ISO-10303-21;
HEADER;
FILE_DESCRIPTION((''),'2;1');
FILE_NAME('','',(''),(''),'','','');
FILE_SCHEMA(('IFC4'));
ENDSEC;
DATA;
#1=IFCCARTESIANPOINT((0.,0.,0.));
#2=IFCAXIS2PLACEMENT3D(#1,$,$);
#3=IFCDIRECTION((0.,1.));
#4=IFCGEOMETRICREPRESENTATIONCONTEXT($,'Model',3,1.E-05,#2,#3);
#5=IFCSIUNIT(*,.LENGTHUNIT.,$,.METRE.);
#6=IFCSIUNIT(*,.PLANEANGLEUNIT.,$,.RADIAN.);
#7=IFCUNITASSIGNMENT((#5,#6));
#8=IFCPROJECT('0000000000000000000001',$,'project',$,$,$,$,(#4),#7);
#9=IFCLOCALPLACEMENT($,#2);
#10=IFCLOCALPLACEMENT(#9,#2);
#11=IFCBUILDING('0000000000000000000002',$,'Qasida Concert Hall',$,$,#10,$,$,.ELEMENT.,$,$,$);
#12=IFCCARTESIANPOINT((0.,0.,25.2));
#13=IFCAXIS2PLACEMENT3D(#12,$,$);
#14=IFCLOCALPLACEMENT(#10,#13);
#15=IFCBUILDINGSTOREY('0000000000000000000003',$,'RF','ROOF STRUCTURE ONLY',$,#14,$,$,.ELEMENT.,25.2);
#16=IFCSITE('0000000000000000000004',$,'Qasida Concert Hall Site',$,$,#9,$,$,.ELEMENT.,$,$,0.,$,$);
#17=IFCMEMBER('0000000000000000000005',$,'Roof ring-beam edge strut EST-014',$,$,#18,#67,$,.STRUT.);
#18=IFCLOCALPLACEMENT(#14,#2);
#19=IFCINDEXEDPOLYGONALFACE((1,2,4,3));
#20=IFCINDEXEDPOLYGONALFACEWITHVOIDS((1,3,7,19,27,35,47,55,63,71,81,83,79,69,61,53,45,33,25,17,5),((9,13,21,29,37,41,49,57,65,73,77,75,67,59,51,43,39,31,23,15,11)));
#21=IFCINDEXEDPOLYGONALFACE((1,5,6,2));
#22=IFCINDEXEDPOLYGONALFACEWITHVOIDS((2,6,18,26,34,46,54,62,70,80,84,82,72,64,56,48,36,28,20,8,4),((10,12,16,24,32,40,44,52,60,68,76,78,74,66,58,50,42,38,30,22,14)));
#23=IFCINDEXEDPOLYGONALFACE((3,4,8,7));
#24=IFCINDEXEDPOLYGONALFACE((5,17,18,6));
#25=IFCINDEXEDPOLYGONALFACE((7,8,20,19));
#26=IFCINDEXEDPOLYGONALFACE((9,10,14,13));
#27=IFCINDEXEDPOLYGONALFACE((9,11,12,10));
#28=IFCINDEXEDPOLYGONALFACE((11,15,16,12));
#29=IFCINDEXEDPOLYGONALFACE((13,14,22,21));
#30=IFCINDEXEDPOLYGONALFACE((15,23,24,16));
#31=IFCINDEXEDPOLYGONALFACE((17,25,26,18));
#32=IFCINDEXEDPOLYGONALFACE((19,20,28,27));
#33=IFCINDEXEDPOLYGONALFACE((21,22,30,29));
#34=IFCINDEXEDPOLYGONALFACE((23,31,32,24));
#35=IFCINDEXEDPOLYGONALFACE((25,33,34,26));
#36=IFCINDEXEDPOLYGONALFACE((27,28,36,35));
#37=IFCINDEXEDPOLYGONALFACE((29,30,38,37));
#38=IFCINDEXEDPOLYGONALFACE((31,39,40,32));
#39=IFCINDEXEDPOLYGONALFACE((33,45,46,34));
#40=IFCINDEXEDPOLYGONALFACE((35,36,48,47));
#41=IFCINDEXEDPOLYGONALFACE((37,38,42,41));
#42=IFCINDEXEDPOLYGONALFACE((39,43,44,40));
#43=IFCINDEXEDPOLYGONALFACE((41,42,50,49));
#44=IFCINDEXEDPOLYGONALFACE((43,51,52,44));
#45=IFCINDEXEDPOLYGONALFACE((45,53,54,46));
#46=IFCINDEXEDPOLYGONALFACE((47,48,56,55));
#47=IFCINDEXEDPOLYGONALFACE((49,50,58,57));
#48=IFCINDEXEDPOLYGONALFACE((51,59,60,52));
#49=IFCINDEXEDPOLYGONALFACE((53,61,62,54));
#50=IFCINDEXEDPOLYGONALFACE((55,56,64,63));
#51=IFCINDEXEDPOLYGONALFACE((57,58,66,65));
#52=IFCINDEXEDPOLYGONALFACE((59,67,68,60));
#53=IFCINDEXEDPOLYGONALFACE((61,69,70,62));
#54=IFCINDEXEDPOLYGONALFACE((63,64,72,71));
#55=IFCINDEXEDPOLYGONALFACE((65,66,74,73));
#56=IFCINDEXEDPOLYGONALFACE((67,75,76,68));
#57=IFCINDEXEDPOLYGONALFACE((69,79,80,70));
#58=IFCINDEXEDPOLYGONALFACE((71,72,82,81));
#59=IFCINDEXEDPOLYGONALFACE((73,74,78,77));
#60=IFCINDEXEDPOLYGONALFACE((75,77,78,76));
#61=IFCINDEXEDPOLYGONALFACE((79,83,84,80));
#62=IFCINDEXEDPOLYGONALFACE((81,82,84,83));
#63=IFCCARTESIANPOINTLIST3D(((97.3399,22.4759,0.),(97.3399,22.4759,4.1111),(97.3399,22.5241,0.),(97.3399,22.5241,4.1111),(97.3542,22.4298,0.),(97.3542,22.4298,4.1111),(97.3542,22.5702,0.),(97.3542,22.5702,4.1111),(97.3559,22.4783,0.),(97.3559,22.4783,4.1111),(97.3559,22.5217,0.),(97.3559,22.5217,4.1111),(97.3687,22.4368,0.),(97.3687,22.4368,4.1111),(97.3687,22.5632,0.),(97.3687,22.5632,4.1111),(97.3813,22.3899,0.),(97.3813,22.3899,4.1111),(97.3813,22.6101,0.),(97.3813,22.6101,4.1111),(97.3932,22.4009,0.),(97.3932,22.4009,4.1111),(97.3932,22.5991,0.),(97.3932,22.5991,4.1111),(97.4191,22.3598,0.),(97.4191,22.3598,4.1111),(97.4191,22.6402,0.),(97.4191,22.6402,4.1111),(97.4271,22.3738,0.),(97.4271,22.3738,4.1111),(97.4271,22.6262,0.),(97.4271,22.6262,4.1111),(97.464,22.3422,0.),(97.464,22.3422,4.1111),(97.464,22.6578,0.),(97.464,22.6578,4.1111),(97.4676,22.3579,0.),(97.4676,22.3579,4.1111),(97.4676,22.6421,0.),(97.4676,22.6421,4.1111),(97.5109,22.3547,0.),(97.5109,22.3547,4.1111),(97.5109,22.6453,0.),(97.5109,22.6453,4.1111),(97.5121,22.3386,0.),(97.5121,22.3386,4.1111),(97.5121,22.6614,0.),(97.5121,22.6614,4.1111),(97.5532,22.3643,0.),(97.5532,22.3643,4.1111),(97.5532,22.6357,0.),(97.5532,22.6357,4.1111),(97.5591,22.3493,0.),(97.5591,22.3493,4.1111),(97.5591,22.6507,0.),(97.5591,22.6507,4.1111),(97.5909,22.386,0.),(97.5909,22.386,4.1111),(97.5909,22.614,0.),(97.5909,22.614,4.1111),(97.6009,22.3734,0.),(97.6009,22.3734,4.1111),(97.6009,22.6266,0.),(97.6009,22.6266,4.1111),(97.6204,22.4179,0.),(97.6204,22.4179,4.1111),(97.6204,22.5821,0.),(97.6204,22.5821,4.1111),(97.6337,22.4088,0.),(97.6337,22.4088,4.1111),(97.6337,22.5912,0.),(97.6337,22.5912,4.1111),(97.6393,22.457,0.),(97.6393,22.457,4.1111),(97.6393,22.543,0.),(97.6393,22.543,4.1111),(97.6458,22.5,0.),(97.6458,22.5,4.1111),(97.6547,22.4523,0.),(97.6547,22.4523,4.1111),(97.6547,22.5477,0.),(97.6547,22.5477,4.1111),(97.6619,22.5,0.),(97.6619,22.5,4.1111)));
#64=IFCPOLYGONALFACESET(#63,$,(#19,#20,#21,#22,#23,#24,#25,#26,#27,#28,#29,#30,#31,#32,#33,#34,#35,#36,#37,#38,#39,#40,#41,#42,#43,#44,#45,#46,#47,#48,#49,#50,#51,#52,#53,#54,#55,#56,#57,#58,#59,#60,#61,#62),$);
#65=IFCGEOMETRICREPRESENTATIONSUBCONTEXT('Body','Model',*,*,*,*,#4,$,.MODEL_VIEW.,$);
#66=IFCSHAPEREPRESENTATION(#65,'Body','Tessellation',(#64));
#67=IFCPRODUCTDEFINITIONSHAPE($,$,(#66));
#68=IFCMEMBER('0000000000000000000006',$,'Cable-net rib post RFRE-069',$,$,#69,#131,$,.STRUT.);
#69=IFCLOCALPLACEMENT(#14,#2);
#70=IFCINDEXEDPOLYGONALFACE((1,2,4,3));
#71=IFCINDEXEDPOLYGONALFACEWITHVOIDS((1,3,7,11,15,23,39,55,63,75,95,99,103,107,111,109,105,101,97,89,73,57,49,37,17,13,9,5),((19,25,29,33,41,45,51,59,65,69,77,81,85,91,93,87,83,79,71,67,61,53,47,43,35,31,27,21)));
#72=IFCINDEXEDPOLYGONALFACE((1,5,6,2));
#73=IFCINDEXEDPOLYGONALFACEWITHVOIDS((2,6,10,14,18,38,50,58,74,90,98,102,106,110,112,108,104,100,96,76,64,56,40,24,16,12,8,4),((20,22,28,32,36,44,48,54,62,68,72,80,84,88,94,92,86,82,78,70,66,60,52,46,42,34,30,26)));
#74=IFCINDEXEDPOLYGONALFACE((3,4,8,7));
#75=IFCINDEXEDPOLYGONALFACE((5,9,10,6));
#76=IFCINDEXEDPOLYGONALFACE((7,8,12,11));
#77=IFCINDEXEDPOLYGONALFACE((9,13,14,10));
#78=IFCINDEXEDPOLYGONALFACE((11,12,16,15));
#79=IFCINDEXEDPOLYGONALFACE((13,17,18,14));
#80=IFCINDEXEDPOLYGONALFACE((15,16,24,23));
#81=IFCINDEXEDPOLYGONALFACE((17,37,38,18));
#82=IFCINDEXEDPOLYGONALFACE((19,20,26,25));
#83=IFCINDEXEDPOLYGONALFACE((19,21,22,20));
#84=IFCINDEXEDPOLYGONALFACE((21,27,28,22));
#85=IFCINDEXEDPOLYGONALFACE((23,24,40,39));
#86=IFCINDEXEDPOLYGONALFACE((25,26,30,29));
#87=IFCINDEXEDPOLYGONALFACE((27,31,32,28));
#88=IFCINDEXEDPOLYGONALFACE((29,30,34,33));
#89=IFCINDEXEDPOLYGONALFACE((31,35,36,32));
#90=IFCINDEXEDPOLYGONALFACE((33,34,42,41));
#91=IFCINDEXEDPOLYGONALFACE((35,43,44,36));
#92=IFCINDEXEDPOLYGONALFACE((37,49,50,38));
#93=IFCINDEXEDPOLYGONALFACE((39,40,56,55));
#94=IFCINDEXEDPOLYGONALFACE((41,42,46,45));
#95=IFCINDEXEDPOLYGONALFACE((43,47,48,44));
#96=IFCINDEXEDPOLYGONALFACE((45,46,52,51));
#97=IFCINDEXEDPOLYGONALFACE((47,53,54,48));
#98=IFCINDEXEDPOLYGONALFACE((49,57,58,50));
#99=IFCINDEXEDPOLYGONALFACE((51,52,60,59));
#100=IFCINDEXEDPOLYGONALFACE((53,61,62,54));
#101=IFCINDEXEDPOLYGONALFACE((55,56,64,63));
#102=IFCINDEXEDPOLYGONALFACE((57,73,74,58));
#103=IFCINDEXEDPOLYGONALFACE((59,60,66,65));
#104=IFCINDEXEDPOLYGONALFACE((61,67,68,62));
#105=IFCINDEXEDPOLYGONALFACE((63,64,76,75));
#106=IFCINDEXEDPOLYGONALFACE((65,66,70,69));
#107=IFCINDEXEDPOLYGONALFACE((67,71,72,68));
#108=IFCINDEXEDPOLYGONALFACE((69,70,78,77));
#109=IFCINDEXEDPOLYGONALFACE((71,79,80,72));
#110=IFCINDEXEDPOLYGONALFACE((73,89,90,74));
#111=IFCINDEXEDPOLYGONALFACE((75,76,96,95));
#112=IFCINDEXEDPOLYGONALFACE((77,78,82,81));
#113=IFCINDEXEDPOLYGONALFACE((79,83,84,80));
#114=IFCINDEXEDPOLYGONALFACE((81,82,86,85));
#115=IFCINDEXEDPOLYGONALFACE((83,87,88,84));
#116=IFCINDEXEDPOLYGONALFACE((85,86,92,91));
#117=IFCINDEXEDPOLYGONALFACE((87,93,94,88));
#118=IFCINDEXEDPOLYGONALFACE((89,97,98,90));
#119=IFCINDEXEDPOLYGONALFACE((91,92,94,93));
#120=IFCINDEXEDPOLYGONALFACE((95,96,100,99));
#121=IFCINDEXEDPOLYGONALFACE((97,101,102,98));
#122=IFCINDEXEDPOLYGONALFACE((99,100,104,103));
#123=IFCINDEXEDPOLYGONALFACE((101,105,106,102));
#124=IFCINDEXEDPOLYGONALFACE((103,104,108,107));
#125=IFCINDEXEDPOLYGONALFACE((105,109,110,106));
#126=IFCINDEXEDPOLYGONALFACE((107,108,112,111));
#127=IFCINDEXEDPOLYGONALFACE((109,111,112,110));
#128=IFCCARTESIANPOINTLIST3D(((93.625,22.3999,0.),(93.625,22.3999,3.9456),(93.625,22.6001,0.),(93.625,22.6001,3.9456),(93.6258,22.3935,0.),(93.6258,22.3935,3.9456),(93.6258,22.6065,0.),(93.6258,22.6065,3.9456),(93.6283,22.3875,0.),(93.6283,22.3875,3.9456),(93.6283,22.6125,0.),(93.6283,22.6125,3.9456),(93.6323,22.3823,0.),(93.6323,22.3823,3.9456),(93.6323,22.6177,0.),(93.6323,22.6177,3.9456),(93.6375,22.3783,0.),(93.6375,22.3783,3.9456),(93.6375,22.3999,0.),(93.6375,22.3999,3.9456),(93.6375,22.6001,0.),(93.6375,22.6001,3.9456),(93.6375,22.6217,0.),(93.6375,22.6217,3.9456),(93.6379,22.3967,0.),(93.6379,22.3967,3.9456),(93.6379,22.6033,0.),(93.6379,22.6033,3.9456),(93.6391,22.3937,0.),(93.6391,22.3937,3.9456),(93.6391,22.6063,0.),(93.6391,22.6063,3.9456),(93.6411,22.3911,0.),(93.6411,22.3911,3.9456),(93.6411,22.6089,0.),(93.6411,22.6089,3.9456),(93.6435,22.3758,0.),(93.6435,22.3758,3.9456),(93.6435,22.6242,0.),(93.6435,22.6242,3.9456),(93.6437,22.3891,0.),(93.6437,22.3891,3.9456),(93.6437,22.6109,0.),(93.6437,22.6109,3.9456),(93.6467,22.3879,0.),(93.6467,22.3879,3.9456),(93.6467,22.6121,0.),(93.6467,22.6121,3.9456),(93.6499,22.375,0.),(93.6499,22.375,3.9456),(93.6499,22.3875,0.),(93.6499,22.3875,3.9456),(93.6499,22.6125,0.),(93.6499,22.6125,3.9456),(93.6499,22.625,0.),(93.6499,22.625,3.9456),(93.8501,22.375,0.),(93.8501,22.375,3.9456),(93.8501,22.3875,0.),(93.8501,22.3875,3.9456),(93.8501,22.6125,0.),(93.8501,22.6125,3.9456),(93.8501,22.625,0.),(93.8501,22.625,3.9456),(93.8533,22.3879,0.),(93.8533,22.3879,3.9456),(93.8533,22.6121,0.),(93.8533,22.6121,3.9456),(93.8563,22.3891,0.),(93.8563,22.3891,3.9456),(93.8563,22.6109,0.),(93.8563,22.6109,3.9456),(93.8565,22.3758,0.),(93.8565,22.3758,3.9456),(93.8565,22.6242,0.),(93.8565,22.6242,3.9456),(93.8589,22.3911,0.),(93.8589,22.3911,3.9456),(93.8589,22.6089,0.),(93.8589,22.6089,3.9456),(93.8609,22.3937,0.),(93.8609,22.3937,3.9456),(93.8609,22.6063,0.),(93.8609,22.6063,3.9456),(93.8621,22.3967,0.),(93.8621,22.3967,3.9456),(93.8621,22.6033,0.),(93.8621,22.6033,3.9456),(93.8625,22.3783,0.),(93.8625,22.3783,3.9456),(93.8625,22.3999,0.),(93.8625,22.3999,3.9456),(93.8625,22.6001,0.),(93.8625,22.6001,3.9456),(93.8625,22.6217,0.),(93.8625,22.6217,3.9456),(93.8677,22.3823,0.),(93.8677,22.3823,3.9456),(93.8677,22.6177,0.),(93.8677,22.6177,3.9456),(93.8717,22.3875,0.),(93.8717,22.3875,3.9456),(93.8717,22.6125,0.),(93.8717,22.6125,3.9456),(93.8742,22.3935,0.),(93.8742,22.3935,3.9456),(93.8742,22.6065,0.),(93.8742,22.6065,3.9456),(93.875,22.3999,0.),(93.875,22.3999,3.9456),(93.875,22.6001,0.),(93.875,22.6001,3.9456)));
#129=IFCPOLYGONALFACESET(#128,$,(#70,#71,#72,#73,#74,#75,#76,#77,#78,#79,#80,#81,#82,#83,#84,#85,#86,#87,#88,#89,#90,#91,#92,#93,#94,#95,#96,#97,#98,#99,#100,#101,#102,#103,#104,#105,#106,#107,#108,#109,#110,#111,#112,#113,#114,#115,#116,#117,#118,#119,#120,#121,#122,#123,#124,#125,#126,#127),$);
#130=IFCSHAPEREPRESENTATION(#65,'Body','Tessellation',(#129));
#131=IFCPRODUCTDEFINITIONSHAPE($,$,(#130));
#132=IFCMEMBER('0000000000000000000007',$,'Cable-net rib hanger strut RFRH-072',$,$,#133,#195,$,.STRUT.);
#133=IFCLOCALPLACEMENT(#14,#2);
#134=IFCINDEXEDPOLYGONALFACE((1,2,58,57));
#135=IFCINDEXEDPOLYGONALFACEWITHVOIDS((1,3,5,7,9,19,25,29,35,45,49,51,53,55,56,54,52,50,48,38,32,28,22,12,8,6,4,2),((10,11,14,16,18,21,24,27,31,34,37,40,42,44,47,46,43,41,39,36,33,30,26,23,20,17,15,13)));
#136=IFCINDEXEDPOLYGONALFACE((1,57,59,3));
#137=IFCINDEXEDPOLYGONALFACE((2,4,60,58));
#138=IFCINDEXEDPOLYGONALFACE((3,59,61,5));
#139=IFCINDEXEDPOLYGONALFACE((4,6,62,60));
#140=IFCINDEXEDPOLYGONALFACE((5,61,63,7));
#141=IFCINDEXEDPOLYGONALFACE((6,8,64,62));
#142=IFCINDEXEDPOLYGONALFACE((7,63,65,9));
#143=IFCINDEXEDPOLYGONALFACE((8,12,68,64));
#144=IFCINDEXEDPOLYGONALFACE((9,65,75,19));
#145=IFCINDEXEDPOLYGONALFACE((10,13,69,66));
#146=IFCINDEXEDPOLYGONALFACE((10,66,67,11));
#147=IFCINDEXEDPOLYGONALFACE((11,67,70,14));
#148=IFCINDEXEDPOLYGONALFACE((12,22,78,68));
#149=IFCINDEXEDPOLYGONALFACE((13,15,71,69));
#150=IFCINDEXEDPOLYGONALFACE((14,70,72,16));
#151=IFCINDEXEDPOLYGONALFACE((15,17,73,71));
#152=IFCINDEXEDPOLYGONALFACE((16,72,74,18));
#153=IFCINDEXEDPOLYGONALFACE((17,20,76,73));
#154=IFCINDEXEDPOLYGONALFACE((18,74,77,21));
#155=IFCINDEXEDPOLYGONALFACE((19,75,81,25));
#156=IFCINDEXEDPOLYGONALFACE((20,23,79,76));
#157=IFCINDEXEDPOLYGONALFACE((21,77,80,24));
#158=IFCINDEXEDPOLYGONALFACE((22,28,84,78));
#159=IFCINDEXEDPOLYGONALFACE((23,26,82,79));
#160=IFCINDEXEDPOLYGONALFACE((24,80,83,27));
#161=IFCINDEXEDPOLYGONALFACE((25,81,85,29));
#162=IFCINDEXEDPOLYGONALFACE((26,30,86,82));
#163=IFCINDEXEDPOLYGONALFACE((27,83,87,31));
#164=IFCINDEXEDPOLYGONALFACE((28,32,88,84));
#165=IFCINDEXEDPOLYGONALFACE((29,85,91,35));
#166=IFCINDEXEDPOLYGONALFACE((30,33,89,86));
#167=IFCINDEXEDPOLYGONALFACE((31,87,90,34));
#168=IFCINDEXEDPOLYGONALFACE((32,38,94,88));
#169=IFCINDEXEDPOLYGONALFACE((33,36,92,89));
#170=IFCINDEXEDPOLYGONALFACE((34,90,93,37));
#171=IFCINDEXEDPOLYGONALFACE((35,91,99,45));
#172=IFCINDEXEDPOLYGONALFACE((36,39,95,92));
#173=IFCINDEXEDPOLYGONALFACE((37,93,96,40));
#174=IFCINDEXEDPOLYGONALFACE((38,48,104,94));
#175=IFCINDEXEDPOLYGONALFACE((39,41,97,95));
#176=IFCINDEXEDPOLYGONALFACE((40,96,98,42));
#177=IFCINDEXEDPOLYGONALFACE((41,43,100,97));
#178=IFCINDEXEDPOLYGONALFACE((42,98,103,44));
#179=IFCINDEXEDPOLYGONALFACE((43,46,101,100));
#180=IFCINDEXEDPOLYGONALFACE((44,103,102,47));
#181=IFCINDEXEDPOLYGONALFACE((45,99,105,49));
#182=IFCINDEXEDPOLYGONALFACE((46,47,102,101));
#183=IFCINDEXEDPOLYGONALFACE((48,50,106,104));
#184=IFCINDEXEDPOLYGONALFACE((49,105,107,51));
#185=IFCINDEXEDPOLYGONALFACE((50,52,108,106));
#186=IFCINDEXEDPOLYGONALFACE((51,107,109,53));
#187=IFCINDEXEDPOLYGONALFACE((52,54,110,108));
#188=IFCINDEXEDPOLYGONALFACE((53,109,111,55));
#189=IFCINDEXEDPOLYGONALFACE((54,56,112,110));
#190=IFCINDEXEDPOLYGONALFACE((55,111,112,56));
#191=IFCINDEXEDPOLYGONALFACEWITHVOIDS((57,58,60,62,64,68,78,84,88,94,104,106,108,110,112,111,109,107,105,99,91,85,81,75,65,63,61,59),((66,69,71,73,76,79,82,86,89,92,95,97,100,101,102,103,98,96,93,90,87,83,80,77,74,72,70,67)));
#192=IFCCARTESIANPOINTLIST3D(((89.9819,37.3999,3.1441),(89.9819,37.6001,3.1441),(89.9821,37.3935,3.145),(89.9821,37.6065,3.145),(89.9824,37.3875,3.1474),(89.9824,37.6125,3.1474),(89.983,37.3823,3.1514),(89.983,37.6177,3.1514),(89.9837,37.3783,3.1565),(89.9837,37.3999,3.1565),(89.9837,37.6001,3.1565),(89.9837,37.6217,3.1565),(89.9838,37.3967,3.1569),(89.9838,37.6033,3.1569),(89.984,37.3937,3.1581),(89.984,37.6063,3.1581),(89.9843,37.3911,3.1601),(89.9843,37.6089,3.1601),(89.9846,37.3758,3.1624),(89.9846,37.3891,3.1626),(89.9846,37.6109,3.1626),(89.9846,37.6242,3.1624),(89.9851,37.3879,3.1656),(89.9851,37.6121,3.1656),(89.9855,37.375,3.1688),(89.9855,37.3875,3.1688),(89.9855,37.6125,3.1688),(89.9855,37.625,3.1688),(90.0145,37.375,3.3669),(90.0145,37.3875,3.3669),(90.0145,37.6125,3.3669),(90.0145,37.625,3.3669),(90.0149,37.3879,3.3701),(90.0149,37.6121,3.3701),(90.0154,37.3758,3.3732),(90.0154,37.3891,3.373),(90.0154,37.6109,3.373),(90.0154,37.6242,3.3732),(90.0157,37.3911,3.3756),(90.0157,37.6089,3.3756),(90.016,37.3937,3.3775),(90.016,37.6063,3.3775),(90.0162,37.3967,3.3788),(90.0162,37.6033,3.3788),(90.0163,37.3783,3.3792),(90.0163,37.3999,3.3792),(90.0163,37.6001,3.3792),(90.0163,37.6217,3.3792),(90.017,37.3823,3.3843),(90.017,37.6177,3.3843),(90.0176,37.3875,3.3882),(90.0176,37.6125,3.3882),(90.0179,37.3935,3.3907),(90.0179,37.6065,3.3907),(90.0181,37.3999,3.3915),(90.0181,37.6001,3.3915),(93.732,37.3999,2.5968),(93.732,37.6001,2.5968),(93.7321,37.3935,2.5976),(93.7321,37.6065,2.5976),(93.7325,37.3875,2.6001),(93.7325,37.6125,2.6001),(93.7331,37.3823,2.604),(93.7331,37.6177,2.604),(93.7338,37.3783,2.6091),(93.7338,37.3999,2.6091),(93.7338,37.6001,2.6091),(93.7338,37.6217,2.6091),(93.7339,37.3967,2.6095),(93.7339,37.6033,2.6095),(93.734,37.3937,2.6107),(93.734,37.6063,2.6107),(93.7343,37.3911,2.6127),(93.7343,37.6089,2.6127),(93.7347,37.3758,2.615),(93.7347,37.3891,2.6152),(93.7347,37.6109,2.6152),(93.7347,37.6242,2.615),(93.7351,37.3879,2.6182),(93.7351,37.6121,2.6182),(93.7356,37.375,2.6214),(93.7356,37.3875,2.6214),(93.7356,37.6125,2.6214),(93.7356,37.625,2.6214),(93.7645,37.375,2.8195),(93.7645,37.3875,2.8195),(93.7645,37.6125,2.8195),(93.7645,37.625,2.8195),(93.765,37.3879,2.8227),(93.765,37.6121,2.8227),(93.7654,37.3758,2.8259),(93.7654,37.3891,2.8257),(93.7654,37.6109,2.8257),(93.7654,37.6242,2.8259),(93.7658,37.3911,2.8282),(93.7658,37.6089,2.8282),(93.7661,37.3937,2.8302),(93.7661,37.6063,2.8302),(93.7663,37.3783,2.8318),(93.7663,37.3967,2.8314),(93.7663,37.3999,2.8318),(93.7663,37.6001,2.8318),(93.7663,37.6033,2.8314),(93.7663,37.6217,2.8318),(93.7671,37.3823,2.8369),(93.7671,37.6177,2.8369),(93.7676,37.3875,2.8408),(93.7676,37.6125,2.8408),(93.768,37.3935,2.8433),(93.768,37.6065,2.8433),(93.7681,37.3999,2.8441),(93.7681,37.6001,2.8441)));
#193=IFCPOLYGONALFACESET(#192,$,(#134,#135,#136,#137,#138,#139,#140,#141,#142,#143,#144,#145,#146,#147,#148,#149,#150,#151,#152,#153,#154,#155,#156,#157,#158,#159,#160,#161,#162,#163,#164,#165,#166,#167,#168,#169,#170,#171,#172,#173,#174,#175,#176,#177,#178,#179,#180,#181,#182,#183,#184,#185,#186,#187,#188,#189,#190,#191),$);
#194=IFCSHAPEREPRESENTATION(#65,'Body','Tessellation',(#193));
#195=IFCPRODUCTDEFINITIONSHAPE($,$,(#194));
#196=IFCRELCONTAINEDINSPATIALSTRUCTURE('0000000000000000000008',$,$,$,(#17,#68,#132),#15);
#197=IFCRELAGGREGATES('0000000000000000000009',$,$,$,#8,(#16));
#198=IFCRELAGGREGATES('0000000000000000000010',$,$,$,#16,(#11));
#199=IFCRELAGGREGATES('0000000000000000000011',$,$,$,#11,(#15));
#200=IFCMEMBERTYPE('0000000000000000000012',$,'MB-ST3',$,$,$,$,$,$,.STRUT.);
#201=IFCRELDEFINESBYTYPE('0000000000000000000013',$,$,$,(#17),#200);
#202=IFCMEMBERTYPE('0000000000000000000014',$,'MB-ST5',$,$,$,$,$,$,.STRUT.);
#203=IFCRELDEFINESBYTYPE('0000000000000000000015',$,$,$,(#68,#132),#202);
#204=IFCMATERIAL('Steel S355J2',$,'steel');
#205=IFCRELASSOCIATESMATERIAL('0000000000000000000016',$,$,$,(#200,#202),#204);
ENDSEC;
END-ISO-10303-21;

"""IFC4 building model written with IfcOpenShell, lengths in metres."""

from ifc_helpers import new_model, si_unit, direction, frame, origin, origin_2d, place, context, subcontext, project, spatial, hollow_rectangle, hollow_circle, extrude, material, material_profile, profile_set, type_object, element, save


model = new_model("IFC4")

# Units and contexts
model_context = context("Model", 3, precision=1e-05, world=origin(), true_north=direction((0.0, 1.0)))
body_context = subcontext(model_context, "Body", "Model", "MODEL_VIEW")
ifc_project = project(units=[si_unit("LENGTHUNIT", "METRE"), si_unit("PLANEANGLEUNIT", "RADIAN")], contexts=[model_context])

# Site, building, storey
site_placement = place(None, origin())
site = spatial("IfcSite", under=ifc_project, at=site_placement, Name="Qasida Concert Hall Site", CompositionType="ELEMENT", RefElevation=0.0)
building_placement = place(site_placement, origin())
building = spatial("IfcBuilding", under=site, at=building_placement, Name="Qasida Concert Hall", CompositionType="ELEMENT")
storey_placement = place(building_placement, frame((0.0, 0.0, 25.2)))
storey = spatial("IfcBuildingStorey", under=building, at=storey_placement, Name="RF", Description="ROOF STRUCTURE ONLY", CompositionType="ELEMENT", Elevation=25.2)

# Members
ifc_material_1 = material(Name="Steel S355J2", Category="steel")
ifc_material_profile_1 = material_profile(ifc_material_1, hollow_circle(Radius=0.1619, WallThickness=0.0161, at=origin_2d()), Name="CHS 323.9x16")
ifc_profile_set_1 = profile_set([ifc_material_profile_1], Name="Steel S355J2")
member_type_1 = type_object("IfcMemberType", Name="MB-ST3", PredefinedType="STRUT", material=ifc_profile_set_1)
member_1_placement = place(storey_placement, frame((97.5, 22.5, 0.0), z_axis=(0.0, 0.0, 1.0), x_axis=(1.0, 0.0, 0.0)))
element("IfcMember", 1, at=member_1_placement, inside=storey, type_object=member_type_1, Name="Roof ring-beam edge strut EST-014", PredefinedType="STRUT", context=body_context, shape_type="SweptSolid", body=[
    extrude(hollow_circle(Radius=0.1619, WallThickness=0.0161, at=origin_2d()), origin(), (0.0, 0.0, 1.0), 4.1111),
])
ifc_material_profile_2 = material_profile(ifc_material_1, hollow_rectangle(XDim=0.25, YDim=0.25, WallThickness=0.0125, InnerFilletRadius=0.0125, OuterFilletRadius=0.0249, at=origin_2d()), Name="SHS 250x250x12.5")
ifc_profile_set_2 = profile_set([ifc_material_profile_2], Name="Steel S355J2")
member_type_2 = type_object("IfcMemberType", Name="MB-ST5", PredefinedType="STRUT", material=ifc_profile_set_2)
member_2_placement = place(storey_placement, frame((93.75, 22.5, 0.0), z_axis=(0.0, 0.0, 1.0), x_axis=(1.0, 0.0, 0.0)))
element("IfcMember", 2, at=member_2_placement, inside=storey, type_object=member_type_2, Name="Cable-net rib post RFRE-069", PredefinedType="STRUT", context=body_context, shape_type="SweptSolid", body=[
    extrude(hollow_rectangle(XDim=0.25, YDim=0.25, WallThickness=0.0125, InnerFilletRadius=0.0125, OuterFilletRadius=0.0249, at=origin_2d()), origin(), (0.0, 0.0, 1.0), 3.9456),
])
member_3_placement = place(storey_placement, frame((90.0, 37.5, 3.2678), z_axis=(0.989515, 0.0, -0.144433), x_axis=(0.0, 1.0, 0.0)))
element("IfcMember", 3, at=member_3_placement, inside=storey, type_object=member_type_2, Name="Cable-net rib hanger strut RFRH-072", PredefinedType="STRUT", context=body_context, shape_type="SweptSolid", body=[
    extrude(hollow_rectangle(XDim=0.25, YDim=0.25, WallThickness=0.0125, InnerFilletRadius=0.0125, OuterFilletRadius=0.0249, at=origin_2d()), origin(), (0.0, 0.0, 1.0), 3.7898),
])

save(model, "model.ifc")
